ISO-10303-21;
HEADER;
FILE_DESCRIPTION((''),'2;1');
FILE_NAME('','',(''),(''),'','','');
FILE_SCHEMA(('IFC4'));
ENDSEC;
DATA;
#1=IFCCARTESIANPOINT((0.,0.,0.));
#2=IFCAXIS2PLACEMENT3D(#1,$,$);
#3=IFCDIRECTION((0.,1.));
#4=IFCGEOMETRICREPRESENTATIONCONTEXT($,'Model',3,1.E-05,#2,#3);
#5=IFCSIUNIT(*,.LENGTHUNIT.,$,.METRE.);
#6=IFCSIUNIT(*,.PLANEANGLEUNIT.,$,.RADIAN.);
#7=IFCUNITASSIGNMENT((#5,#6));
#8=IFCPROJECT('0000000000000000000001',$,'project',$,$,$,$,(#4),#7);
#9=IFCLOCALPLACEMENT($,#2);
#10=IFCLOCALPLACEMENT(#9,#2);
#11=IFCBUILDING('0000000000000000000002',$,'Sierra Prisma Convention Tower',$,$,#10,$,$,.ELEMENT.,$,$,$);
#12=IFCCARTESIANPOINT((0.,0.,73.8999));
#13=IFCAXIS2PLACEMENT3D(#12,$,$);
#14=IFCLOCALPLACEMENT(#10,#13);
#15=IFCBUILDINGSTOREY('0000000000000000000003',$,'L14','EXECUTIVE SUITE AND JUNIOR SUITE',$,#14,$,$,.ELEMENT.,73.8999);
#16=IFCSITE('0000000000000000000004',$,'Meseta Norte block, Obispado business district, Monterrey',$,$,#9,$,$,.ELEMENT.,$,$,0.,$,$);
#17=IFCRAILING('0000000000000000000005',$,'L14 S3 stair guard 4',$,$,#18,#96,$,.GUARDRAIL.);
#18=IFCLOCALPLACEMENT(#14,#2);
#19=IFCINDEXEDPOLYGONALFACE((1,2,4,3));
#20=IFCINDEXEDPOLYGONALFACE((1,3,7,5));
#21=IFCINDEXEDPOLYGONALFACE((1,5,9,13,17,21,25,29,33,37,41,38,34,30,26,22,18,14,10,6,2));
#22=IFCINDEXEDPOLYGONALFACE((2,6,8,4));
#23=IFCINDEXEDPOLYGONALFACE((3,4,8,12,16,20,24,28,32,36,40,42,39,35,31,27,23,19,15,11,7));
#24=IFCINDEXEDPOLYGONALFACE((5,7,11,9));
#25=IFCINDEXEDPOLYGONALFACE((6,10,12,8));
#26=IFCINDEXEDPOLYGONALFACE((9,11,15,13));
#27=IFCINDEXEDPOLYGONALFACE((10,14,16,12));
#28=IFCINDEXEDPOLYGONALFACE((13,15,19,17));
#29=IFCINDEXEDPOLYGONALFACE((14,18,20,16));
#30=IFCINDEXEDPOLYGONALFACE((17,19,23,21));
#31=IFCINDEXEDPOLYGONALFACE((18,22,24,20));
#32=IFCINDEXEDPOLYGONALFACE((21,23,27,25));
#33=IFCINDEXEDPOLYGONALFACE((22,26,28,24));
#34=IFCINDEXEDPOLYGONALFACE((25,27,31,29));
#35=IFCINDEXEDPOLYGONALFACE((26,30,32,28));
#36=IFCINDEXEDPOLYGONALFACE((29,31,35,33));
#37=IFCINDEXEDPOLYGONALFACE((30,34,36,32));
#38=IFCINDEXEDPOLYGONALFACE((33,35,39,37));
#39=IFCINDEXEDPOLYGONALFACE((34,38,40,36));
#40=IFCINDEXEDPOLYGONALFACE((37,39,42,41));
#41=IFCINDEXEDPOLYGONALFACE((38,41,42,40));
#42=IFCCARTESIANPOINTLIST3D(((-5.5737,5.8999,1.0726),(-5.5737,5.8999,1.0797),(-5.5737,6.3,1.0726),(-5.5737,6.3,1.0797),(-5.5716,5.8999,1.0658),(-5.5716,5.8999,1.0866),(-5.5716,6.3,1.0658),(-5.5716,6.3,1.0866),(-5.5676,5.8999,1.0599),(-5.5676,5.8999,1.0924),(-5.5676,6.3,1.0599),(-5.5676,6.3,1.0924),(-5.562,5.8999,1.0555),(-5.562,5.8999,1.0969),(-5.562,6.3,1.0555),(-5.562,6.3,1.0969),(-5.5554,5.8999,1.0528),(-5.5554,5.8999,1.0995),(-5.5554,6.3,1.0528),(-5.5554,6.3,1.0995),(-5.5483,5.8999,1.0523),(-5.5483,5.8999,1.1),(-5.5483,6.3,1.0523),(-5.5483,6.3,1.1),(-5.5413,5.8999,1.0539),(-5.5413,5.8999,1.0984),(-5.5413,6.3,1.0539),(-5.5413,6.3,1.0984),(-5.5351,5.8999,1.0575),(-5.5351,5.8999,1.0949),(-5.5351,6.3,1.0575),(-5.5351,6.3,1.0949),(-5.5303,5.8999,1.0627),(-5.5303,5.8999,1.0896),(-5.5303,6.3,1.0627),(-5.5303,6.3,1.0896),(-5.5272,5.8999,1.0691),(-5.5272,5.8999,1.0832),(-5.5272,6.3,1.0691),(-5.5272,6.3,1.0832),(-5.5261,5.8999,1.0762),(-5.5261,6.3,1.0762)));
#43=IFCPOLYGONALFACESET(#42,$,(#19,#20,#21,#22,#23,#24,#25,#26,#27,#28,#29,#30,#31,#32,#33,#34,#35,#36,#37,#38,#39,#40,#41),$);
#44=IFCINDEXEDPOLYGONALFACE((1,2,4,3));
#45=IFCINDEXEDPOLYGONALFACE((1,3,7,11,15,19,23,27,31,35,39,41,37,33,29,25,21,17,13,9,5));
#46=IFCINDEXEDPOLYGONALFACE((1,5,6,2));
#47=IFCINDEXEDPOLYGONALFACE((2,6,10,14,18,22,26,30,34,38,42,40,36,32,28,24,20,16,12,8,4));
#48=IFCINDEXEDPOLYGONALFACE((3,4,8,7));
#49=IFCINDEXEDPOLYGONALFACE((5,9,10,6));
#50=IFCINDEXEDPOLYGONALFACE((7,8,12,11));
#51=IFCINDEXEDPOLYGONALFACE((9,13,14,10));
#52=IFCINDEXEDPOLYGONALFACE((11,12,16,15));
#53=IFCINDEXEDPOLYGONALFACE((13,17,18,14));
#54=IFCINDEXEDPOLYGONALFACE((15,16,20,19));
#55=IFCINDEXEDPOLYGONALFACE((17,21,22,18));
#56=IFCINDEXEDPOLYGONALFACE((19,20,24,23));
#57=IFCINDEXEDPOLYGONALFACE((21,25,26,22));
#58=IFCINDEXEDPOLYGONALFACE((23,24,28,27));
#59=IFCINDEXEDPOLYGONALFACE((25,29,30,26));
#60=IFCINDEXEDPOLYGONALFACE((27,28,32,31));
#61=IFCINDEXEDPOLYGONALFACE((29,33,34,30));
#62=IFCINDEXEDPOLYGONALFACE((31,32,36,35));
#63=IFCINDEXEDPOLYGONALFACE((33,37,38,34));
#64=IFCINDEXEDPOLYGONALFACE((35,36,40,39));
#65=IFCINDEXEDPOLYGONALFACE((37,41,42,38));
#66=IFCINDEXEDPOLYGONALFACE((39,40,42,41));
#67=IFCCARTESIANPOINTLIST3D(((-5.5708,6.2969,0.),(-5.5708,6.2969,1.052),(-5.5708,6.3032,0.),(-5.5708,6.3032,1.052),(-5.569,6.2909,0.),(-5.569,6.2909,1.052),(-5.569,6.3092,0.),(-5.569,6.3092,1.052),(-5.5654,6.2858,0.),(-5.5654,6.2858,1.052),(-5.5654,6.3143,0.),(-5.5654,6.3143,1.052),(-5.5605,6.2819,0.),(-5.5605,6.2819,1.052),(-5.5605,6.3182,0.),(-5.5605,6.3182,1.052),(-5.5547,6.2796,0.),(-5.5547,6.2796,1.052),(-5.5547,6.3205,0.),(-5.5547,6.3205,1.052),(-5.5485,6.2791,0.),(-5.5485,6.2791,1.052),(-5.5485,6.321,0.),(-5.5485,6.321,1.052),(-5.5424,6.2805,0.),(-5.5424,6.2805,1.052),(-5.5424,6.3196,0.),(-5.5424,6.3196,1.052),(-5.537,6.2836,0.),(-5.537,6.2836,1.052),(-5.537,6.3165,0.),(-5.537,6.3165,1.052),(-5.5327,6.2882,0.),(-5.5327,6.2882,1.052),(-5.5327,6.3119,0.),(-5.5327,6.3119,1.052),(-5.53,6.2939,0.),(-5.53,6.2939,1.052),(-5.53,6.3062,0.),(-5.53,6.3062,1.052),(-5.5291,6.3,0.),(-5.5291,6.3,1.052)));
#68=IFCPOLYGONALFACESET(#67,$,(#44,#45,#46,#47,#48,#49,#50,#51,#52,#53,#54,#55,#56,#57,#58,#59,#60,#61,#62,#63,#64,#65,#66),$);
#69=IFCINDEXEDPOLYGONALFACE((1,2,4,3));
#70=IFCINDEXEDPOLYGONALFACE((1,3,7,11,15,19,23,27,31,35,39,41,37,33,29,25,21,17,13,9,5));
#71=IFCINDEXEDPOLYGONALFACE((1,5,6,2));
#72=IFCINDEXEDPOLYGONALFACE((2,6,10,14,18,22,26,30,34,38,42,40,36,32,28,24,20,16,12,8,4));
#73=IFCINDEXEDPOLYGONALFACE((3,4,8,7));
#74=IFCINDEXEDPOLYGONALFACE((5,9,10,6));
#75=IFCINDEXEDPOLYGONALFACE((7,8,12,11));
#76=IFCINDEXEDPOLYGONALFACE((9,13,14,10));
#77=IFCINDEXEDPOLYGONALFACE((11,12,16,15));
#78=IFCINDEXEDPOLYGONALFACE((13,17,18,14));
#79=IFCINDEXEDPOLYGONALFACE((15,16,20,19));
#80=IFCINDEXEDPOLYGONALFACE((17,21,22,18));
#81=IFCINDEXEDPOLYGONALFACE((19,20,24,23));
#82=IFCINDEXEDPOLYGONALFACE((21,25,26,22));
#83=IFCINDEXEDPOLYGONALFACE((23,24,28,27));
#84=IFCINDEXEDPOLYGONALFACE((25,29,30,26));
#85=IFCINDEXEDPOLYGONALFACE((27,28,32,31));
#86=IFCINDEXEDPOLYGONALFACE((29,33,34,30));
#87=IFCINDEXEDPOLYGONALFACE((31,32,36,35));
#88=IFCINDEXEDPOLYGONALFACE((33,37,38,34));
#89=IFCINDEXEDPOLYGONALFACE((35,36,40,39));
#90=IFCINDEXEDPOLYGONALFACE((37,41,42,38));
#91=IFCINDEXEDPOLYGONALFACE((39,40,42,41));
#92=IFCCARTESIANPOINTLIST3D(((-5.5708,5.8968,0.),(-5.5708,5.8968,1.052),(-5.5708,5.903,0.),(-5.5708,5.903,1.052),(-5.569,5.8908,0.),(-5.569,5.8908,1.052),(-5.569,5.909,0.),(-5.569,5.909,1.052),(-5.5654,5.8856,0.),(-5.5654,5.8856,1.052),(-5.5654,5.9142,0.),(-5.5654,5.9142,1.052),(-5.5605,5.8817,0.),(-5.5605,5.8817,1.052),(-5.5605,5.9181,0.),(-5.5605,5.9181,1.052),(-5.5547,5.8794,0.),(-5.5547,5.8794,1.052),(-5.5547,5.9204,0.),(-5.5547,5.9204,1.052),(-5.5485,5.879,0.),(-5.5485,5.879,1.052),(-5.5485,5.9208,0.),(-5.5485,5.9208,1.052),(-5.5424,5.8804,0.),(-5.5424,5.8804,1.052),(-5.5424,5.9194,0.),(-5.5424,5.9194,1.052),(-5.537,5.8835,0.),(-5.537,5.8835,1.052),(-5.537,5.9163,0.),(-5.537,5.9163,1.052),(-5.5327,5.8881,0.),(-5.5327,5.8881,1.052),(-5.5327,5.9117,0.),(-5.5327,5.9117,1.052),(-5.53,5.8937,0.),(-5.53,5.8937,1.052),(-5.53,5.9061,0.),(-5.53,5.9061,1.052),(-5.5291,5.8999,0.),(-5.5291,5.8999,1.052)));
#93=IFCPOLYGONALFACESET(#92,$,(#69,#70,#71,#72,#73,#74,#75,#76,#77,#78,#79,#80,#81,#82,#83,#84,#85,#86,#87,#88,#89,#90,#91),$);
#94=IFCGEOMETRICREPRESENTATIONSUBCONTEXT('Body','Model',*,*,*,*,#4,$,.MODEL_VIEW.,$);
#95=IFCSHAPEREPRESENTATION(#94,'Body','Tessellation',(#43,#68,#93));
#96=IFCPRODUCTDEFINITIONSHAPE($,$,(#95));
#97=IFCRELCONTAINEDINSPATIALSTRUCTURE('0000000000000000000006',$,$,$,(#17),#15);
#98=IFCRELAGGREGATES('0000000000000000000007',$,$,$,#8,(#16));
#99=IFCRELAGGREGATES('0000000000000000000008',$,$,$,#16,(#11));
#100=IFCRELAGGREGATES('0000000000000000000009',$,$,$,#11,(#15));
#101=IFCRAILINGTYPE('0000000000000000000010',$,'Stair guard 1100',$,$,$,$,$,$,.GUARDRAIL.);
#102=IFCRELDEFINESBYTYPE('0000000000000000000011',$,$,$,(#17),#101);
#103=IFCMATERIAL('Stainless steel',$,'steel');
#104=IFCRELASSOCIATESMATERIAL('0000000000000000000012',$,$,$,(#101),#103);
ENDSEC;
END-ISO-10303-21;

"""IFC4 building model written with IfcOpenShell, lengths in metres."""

from ifc_helpers import new_model, si_unit, direction, frame, origin, origin_2d, place, context, subcontext, project, spatial, circle, extrude, material, type_object, element, save


model = new_model("IFC4")

# Units and contexts
model_context = context("Model", 3, precision=1e-05, world=origin(), true_north=direction((0.0, 1.0)))
body_context = subcontext(model_context, "Body", "Model", "MODEL_VIEW")
ifc_project = project(units=[si_unit("LENGTHUNIT", "METRE"), si_unit("PLANEANGLEUNIT", "RADIAN")], contexts=[model_context])

# Site, building, storey
site_placement = place(None, origin())
site = spatial("IfcSite", under=ifc_project, at=site_placement, Name="Meseta Norte block, Obispado business district, Monterrey", CompositionType="ELEMENT", RefElevation=0.0)
building_placement = place(site_placement, origin())
building = spatial("IfcBuilding", under=site, at=building_placement, Name="Sierra Prisma Convention Tower", CompositionType="ELEMENT")
storey_placement = place(building_placement, frame((0.0, 0.0, 73.8999)))
storey = spatial("IfcBuildingStorey", under=building, at=storey_placement, Name="L14", Description="EXECUTIVE SUITE AND JUNIOR SUITE", CompositionType="ELEMENT", Elevation=73.8999)

# Railing
ifc_material_1 = material(Name="Stainless steel", Category="steel")
railing_type_1 = type_object("IfcRailingType", Name="Stair guard 1100", PredefinedType="GUARDRAIL", material=ifc_material_1)
railing_1_placement = place(storey_placement, frame((-5.55, 6.3, 0.0)))
element("IfcRailing", 1, at=railing_1_placement, inside=storey, type_object=railing_type_1, Name="L14 S3 stair guard 4", PredefinedType="GUARDRAIL", context=body_context, shape_type="SweptSolid", body=[
    extrude(circle(Radius=0.0239, at=origin_2d()), frame((0.0, 0.0, 1.0762), z_axis=(0.0, -1.0, 0.0), x_axis=(1.0, 0.0, 0.0)), (0.0, 0.0, 1.0), 0.4001),
    extrude(circle(Radius=0.021, at=origin_2d()), origin(), (0.0, 0.0, 1.0), 1.052),
    extrude(circle(Radius=0.021, at=origin_2d()), frame((0.0, -0.4001, 0.0)), (0.0, 0.0, 1.0), 1.052),
])

save(model, "model.ifc")
